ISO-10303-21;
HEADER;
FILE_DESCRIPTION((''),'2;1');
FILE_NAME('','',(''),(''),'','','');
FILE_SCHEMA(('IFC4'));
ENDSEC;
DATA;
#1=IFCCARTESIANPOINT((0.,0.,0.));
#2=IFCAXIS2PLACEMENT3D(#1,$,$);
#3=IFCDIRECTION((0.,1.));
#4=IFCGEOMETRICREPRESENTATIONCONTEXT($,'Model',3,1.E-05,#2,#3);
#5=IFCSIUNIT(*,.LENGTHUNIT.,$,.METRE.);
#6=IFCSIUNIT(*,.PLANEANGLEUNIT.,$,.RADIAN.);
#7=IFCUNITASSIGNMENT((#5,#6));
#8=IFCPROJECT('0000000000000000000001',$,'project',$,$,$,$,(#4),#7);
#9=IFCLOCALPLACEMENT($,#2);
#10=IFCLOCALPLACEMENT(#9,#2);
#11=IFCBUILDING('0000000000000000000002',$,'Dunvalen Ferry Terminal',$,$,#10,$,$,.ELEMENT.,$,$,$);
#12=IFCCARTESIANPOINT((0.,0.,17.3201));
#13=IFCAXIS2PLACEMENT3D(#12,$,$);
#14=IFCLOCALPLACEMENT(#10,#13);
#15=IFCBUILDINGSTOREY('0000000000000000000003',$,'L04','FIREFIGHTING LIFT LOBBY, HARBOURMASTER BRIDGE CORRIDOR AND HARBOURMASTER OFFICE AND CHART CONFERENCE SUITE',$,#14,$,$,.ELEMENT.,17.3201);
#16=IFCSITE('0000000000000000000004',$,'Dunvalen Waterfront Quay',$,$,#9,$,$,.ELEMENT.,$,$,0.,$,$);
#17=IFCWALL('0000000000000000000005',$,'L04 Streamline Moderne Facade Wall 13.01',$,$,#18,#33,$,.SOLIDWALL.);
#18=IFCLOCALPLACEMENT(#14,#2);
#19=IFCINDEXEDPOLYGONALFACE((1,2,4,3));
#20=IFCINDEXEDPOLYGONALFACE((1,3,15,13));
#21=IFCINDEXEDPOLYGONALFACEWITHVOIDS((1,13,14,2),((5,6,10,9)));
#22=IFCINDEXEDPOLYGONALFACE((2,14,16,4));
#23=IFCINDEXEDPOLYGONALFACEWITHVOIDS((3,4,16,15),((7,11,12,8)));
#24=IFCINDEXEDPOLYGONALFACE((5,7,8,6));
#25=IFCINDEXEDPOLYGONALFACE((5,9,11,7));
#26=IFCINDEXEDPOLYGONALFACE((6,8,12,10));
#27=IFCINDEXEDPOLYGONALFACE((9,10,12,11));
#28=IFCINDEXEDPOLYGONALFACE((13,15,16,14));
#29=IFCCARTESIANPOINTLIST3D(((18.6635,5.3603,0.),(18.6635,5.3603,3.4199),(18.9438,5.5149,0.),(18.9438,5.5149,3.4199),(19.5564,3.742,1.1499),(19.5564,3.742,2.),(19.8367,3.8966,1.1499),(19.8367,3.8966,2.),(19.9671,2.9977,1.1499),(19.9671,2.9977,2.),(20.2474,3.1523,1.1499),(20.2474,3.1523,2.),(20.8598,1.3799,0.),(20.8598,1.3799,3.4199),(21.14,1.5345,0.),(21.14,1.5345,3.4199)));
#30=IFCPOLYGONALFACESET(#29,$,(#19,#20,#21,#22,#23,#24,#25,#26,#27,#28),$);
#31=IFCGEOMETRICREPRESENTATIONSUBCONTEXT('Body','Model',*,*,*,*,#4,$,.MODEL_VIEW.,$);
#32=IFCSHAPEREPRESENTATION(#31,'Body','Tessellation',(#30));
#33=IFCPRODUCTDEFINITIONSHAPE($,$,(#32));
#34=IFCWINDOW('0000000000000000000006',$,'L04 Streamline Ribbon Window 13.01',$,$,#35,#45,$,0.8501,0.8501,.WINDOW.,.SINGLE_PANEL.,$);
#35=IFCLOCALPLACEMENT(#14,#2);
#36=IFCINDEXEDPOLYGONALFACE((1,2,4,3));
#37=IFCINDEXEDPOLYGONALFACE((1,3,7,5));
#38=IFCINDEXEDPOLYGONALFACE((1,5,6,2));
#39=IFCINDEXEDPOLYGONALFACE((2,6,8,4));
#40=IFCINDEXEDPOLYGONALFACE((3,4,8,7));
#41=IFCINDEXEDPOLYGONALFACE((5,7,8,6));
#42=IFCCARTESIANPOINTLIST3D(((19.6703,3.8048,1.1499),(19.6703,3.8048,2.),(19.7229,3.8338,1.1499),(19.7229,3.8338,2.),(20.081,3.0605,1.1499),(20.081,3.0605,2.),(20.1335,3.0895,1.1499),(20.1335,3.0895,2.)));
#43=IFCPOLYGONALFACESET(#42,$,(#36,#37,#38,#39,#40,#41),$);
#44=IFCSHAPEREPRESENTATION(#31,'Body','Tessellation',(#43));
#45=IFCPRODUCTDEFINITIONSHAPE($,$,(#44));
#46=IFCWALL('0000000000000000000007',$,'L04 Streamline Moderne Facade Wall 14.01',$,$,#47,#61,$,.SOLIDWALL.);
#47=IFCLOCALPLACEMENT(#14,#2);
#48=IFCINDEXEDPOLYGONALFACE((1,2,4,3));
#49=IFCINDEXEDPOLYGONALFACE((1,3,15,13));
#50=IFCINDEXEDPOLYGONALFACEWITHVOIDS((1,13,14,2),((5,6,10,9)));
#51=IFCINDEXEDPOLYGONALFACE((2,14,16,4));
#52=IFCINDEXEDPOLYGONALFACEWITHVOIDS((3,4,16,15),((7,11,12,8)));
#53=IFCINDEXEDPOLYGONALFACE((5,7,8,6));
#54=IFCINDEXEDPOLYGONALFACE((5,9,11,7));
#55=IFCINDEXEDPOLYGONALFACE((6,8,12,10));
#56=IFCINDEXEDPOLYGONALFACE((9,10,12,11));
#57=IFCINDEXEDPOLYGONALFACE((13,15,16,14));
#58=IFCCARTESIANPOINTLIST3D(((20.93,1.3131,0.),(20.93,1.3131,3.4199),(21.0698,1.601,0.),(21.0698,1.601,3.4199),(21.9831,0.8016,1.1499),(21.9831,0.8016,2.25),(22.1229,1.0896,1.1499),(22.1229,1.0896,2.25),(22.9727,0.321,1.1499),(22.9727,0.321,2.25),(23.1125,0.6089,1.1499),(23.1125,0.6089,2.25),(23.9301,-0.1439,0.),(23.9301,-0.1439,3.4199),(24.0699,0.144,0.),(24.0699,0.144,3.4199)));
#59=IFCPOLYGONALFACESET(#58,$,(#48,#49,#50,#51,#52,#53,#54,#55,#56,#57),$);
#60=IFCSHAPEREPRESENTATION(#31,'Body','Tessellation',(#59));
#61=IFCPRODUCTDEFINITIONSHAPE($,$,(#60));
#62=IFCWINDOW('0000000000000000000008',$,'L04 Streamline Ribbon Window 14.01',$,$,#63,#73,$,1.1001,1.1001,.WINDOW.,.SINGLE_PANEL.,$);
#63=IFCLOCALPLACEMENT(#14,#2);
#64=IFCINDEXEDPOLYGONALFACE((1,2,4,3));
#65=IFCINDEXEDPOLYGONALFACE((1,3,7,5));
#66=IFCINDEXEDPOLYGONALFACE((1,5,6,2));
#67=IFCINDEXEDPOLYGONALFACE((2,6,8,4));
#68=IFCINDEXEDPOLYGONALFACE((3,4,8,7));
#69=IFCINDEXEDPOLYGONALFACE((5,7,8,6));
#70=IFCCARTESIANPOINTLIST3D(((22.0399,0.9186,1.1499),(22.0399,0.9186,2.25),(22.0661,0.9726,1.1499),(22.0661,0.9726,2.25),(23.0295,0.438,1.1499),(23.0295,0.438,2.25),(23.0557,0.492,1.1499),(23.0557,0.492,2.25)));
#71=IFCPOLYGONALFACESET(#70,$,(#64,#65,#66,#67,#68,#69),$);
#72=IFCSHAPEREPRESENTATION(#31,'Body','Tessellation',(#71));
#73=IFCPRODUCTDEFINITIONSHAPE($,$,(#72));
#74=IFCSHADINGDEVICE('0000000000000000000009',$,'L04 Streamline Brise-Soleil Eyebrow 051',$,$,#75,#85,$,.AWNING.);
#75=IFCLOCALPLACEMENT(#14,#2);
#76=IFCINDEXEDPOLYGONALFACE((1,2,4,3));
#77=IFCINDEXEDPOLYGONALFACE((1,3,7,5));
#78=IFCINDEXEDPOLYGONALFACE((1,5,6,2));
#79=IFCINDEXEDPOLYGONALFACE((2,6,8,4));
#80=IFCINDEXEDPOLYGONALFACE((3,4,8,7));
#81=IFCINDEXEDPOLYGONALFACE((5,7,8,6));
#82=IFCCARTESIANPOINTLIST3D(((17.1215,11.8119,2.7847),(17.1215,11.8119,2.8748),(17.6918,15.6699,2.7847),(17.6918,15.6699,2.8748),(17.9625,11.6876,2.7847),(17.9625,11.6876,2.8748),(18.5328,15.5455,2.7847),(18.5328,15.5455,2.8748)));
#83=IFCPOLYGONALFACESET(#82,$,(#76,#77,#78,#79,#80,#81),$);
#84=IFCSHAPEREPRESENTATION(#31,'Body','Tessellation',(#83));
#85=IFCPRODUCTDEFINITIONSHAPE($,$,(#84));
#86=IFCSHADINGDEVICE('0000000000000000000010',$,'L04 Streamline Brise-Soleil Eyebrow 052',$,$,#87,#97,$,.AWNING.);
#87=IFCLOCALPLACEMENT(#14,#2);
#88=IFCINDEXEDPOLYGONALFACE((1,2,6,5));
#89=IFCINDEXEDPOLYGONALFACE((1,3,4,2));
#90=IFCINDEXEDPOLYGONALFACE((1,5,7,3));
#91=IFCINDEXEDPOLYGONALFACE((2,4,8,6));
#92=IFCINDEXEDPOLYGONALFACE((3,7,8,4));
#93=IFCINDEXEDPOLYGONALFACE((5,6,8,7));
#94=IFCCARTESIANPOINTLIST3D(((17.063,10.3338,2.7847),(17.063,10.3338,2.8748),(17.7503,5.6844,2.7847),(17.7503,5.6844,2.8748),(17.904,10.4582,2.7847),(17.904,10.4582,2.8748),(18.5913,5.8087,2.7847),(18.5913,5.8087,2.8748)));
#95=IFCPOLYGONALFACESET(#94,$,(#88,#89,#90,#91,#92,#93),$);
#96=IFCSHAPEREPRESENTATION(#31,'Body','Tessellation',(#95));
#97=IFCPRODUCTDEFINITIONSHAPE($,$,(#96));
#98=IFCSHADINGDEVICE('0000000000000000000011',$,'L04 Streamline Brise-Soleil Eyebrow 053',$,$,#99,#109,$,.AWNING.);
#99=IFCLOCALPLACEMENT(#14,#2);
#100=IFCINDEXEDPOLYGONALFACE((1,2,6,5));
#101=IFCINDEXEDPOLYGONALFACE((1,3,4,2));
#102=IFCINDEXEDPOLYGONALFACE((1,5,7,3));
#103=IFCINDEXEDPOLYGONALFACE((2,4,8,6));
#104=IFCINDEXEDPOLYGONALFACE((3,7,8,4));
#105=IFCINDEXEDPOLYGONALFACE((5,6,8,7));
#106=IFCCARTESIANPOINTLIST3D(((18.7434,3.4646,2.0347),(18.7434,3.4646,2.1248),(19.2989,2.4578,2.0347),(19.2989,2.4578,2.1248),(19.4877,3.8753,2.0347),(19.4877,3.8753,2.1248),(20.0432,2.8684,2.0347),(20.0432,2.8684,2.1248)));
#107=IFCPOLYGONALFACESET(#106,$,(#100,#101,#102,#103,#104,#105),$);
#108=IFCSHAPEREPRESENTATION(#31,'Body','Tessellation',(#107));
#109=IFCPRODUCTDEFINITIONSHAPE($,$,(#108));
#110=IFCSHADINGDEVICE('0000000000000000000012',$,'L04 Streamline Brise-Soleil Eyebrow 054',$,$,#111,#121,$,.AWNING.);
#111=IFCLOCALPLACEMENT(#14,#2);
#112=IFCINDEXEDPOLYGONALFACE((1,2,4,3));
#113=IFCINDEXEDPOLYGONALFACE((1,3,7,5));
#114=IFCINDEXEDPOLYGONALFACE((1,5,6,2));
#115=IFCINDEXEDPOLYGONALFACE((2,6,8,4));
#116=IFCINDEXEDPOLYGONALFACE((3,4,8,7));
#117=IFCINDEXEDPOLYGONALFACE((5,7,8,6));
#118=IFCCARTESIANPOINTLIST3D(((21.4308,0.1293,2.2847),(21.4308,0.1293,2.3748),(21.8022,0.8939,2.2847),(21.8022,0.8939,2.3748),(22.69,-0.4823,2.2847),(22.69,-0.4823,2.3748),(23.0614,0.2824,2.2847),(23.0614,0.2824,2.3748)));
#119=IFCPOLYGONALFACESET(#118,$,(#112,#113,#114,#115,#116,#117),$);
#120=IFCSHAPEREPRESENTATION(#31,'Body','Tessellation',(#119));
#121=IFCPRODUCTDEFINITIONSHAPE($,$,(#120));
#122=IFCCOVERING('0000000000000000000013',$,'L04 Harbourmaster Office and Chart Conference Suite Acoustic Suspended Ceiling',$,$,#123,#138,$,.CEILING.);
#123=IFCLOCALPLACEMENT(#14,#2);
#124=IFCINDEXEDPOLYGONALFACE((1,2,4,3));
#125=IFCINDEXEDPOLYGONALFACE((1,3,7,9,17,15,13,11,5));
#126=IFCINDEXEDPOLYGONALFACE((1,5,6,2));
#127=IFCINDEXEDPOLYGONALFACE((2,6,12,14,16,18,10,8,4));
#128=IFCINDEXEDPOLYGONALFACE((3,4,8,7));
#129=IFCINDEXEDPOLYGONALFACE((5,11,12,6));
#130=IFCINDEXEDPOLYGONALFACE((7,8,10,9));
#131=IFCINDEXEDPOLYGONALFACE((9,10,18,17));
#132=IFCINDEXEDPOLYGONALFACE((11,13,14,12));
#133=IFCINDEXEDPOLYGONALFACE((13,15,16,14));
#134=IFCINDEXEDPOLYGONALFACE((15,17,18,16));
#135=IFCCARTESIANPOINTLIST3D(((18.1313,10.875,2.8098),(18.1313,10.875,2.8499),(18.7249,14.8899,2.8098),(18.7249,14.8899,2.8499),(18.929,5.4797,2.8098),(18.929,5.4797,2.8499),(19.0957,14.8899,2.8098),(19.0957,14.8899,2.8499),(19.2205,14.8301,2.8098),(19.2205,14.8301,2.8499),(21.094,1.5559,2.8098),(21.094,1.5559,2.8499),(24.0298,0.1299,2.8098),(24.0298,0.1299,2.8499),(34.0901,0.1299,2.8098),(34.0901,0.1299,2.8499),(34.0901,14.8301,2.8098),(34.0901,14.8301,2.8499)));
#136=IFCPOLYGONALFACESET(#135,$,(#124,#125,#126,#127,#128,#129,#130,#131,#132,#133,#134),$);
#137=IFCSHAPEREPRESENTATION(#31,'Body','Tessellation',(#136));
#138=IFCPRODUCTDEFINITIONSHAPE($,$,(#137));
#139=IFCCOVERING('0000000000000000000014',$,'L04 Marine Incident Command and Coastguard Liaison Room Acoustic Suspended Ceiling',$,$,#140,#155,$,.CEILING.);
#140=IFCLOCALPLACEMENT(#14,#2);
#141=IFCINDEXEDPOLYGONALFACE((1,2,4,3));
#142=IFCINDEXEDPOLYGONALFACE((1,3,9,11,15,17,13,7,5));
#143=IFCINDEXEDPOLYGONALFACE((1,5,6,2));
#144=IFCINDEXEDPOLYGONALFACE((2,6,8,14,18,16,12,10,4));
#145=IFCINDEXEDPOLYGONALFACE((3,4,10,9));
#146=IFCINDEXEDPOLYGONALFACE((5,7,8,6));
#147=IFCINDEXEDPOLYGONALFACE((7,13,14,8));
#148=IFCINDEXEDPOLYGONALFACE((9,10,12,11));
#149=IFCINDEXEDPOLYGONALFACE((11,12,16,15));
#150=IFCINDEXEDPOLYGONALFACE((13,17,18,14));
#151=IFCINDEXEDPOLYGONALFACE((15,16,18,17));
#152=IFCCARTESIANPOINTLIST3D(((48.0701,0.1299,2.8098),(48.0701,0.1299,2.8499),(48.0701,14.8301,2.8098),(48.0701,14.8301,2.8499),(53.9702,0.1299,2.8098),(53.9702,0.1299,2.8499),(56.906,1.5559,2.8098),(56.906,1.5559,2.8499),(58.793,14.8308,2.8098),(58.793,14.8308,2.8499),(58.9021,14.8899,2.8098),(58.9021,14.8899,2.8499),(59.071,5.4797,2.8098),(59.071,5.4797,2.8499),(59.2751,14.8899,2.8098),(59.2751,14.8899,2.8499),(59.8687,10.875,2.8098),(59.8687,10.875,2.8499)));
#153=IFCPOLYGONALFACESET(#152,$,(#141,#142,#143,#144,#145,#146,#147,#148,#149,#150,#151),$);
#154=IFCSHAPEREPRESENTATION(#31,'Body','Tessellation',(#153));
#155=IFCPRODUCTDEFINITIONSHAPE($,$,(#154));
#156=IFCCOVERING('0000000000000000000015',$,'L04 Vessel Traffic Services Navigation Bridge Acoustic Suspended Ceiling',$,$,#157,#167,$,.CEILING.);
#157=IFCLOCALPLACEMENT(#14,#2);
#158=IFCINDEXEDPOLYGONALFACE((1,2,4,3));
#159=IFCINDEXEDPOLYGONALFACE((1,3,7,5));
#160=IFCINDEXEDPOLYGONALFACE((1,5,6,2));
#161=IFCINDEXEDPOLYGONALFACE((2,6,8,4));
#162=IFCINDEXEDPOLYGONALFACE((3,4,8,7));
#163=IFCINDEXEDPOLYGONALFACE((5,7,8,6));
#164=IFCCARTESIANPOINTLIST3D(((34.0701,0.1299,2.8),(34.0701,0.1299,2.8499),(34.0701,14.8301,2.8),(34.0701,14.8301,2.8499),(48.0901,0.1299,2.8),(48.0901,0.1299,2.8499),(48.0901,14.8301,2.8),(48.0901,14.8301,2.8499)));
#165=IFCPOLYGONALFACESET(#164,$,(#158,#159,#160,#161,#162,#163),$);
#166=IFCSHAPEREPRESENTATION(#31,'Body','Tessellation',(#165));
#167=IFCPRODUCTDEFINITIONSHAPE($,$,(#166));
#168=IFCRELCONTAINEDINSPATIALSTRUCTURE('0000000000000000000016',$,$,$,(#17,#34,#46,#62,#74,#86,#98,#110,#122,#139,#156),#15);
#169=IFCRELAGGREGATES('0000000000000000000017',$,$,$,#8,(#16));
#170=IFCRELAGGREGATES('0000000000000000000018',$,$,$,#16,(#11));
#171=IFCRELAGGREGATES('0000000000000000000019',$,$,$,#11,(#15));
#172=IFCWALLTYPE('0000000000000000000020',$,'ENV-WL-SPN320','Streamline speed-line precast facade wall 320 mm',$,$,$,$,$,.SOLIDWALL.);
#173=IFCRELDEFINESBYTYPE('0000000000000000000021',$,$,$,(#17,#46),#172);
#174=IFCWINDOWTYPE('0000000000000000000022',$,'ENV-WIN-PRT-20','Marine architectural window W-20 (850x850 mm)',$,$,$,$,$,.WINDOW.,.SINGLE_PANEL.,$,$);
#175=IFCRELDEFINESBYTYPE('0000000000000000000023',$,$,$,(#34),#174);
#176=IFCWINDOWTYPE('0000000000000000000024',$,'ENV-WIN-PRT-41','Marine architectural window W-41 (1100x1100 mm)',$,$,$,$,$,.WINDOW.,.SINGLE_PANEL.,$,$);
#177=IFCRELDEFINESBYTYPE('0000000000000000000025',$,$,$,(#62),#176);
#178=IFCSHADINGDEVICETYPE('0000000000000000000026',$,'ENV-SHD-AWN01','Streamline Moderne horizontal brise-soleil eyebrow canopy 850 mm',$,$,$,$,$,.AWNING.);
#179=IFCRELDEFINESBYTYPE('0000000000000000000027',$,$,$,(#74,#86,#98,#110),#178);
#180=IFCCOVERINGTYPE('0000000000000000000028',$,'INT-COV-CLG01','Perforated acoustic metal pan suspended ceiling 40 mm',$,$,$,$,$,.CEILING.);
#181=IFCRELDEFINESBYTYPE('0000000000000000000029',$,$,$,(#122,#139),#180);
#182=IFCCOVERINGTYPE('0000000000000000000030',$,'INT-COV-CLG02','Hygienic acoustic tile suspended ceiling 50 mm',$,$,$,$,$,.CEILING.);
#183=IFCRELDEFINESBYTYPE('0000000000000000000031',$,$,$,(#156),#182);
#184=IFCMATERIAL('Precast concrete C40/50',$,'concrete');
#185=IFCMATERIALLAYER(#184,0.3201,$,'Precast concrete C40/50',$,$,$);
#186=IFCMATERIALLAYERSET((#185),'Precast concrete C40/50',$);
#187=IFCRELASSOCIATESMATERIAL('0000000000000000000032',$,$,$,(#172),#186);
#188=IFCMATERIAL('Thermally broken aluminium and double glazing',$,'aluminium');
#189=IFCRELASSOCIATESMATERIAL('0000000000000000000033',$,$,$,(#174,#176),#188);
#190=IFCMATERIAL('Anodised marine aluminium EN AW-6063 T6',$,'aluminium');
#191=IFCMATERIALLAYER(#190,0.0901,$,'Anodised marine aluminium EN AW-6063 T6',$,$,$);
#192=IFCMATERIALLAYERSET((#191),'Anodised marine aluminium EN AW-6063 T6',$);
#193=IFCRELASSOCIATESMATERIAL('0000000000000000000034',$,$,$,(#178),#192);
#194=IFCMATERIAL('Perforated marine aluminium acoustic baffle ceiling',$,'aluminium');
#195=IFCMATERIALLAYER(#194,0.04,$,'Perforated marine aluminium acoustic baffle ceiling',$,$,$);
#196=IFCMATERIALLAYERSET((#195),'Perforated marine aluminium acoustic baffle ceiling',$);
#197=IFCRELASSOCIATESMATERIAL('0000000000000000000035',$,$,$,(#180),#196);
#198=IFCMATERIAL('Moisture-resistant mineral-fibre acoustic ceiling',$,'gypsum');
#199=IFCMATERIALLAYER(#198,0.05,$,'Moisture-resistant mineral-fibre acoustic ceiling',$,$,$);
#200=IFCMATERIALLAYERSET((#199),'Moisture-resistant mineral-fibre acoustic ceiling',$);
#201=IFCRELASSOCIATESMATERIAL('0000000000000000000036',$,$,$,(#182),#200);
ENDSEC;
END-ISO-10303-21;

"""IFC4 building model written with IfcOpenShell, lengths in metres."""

from ifc_helpers import new_model, si_unit, direction, frame, frame_2d, origin, origin_2d, place, context, subcontext, project, spatial, polyline, rectangle, outline, extrude, material, layer, layer_set, type_object, element, fill, save


model = new_model("IFC4")

# Units and contexts
model_context = context("Model", 3, precision=1e-05, world=origin(), true_north=direction((0.0, 1.0)))
body_context = subcontext(model_context, "Body", "Model", "MODEL_VIEW")
ifc_project = project(units=[si_unit("LENGTHUNIT", "METRE"), si_unit("PLANEANGLEUNIT", "RADIAN")], contexts=[model_context])

# Site, building, storey
site_placement = place(None, origin())
site = spatial("IfcSite", under=ifc_project, at=site_placement, Name="Dunvalen Waterfront Quay", CompositionType="ELEMENT", RefElevation=0.0)
building_placement = place(site_placement, origin())
building = spatial("IfcBuilding", under=site, at=building_placement, Name="Dunvalen Ferry Terminal", CompositionType="ELEMENT")
storey_placement = place(building_placement, frame((0.0, 0.0, 17.3201)))
storey = spatial("IfcBuildingStorey", under=building, at=storey_placement, Name="L04", Description="FIREFIGHTING LIFT LOBBY, HARBOURMASTER BRIDGE CORRIDOR AND HARBOURMASTER OFFICE AND CHART CONFERENCE SUITE", CompositionType="ELEMENT", Elevation=17.3201)

# Shared definitions
ifc_material_1 = material(Name="Precast concrete C40/50", Category="concrete")
ifc_layer_1 = layer(ifc_material_1, 0.3201, Name="Precast concrete C40/50")
ifc_layer_set_1 = layer_set([ifc_layer_1], Name="Precast concrete C40/50")
wall_type = type_object("IfcWallType", Name="ENV-WL-SPN320", Description="Streamline speed-line precast facade wall 320 mm", PredefinedType="SOLIDWALL", material=ifc_layer_set_1)

# Walls, openings, windows
ifc_material_2 = material(Name="Thermally broken aluminium and double glazing", Category="aluminium")
wall_1_placement = place(storey_placement, frame((18.8037, 5.4375, 0.0), z_axis=(0.0, 0.0, 1.0), x_axis=(0.483106, -0.875562, 0.0)))
wall_1 = element("IfcWall", 1, at=wall_1_placement, inside=storey, type_object=wall_type, Name="L04 Streamline Moderne Facade Wall 13.01", PredefinedType="SOLIDWALL", context=body_context, shape_type="SweptSolid", body=[
    extrude(rectangle(XDim=4.5461, YDim=0.3201, at=frame_2d((2.2729, 0.0))), origin(), (0.0, 0.0, 1.0), 3.4199),
])
opening_1_placement = place(wall_1_placement, frame((1.8481, 0.0, 1.1499)))
opening_1 = element("IfcOpeningElement", 2, at=opening_1_placement, cuts=wall_1, PredefinedType="OPENING", context=body_context, shape_type="SweptSolid", body=[
    extrude(rectangle(XDim=0.8501, YDim=0.8501, at=frame_2d((0.425, 0.425))), frame((0.0, 0.1699, 0.0), z_axis=(0.0, -1.0, 0.0), x_axis=(1.0, 0.0, 0.0)), (0.0, 0.0, 1.0), 0.3401),
])
window_type_1 = type_object("IfcWindowType", Name="ENV-WIN-PRT-20", Description="Marine architectural window W-20 (850x850 mm)", PartitioningType="SINGLE_PANEL", PredefinedType="WINDOW", material=ifc_material_2)
window_1_placement = place(opening_1_placement, origin())
window_1 = element("IfcWindow", 3, at=window_1_placement, inside=storey, type_object=window_type_1, Name="L04 Streamline Ribbon Window 13.01", OverallHeight=0.8501, OverallWidth=0.8501, PartitioningType="SINGLE_PANEL", PredefinedType="WINDOW", context=body_context, shape_type="SweptSolid", body=[
    extrude(rectangle(XDim=0.8501, YDim=0.8501, at=frame_2d((0.425, 0.425))), frame((0.0, 0.03, 0.0), z_axis=(0.0, -1.0, 0.0), x_axis=(1.0, 0.0, 0.0)), (0.0, 0.0, 1.0), 0.0601),
])
fill(opening_1, window_1)
wall_2_placement = place(storey_placement, frame((21.0, 1.457, 0.0), z_axis=(0.0, 0.0, 1.0), x_axis=(0.899521, -0.436877, 0.0)))
wall_2 = element("IfcWall", 4, at=wall_2_placement, inside=storey, type_object=wall_type, Name="L04 Streamline Moderne Facade Wall 14.01", PredefinedType="SOLIDWALL", context=body_context, shape_type="SweptSolid", body=[
    extrude(rectangle(XDim=3.3352, YDim=0.3201, at=frame_2d((1.6675, 0.0))), origin(), (0.0, 0.0, 1.0), 3.4199),
])
opening_2_placement = place(wall_2_placement, frame((1.1707, 0.0, 1.1499)))
opening_2 = element("IfcOpeningElement", 5, at=opening_2_placement, cuts=wall_2, PredefinedType="OPENING", context=body_context, shape_type="SweptSolid", body=[
    extrude(rectangle(XDim=1.1001, YDim=1.1001, at=frame_2d((0.55, 0.55))), frame((0.0, 0.1699, 0.0), z_axis=(0.0, -1.0, 0.0), x_axis=(1.0, 0.0, 0.0)), (0.0, 0.0, 1.0), 0.3401),
])
window_type_2 = type_object("IfcWindowType", Name="ENV-WIN-PRT-41", Description="Marine architectural window W-41 (1100x1100 mm)", PartitioningType="SINGLE_PANEL", PredefinedType="WINDOW", material=ifc_material_2)
window_2_placement = place(opening_2_placement, origin())
window_2 = element("IfcWindow", 6, at=window_2_placement, inside=storey, type_object=window_type_2, Name="L04 Streamline Ribbon Window 14.01", OverallHeight=1.1001, OverallWidth=1.1001, PartitioningType="SINGLE_PANEL", PredefinedType="WINDOW", context=body_context, shape_type="SweptSolid", body=[
    extrude(rectangle(XDim=1.1001, YDim=1.1001, at=frame_2d((0.55, 0.55))), frame((0.0, 0.03, 0.0), z_axis=(0.0, -1.0, 0.0), x_axis=(1.0, 0.0, 0.0)), (0.0, 0.0, 1.0), 0.0601),
])
fill(opening_2, window_2)

# Shading devices
ifc_material_3 = material(Name="Anodised marine aluminium EN AW-6063 T6", Category="aluminium")
ifc_layer_2 = layer(ifc_material_3, 0.0901, Name="Anodised marine aluminium EN AW-6063 T6")
ifc_layer_set_2 = layer_set([ifc_layer_2], Name="Anodised marine aluminium EN AW-6063 T6")
shading_device_type = type_object("IfcShadingDeviceType", Name="ENV-SHD-AWN01", Description="Streamline Moderne horizontal brise-soleil eyebrow canopy 850 mm", PredefinedType="AWNING", material=ifc_layer_set_2)
shading_device_1_placement = place(storey_placement, frame((17.8271, 13.6787, 2.7847), z_axis=(0.0, 0.0, 1.0), x_axis=(-0.146236, -0.98925, 0.0)))
element("IfcShadingDevice", 7, at=shading_device_1_placement, inside=storey, type_object=shading_device_type, Name="L04 Streamline Brise-Soleil Eyebrow 051", PredefinedType="AWNING", context=body_context, shape_type="SweptSolid", body=[
    extrude(rectangle(XDim=3.8999, YDim=0.8501, at=origin_2d()), origin(), (0.0, 0.0, 1.0), 0.0901),
])
shading_device_2_placement = place(storey_placement, frame((17.8271, 8.0713, 2.7847), z_axis=(0.0, 0.0, 1.0), x_axis=(0.146236, -0.98925, 0.0)))
element("IfcShadingDevice", 8, at=shading_device_2_placement, inside=storey, type_object=shading_device_type, Name="L04 Streamline Brise-Soleil Eyebrow 052", PredefinedType="AWNING", context=body_context, shape_type="SweptSolid", body=[
    extrude(rectangle(XDim=4.7, YDim=0.8501, at=origin_2d()), origin(), (0.0, 0.0, 1.0), 0.0901),
])
shading_device_3_placement = place(storey_placement, frame((19.3933, 3.1665, 2.0347), z_axis=(0.0, 0.0, 1.0), x_axis=(0.483088, -0.875572, 0.0)))
element("IfcShadingDevice", 9, at=shading_device_3_placement, inside=storey, type_object=shading_device_type, Name="L04 Streamline Brise-Soleil Eyebrow 053", PredefinedType="AWNING", context=body_context, shape_type="SweptSolid", body=[
    extrude(rectangle(XDim=1.1499, YDim=0.8501, at=origin_2d()), origin(), (0.0, 0.0, 1.0), 0.0901),
])
shading_device_4_placement = place(storey_placement, frame((22.2461, 0.2058, 2.2847), z_axis=(0.0, 0.0, 1.0), x_axis=(0.899525, -0.436869, 0.0)))
element("IfcShadingDevice", 10, at=shading_device_4_placement, inside=storey, type_object=shading_device_type, Name="L04 Streamline Brise-Soleil Eyebrow 054", PredefinedType="AWNING", context=body_context, shape_type="SweptSolid", body=[
    extrude(rectangle(XDim=1.3999, YDim=0.8501, at=origin_2d()), origin(), (0.0, 0.0, 1.0), 0.0901),
])

# Coverings
ifc_material_4 = material(Name="Perforated marine aluminium acoustic baffle ceiling", Category="aluminium")
ifc_layer_3 = layer(ifc_material_4, 0.04, Name="Perforated marine aluminium acoustic baffle ceiling")
ifc_layer_set_3 = layer_set([ifc_layer_3], Name="Perforated marine aluminium acoustic baffle ceiling")
covering_type_1 = type_object("IfcCoveringType", Name="INT-COV-CLG01", Description="Perforated acoustic metal pan suspended ceiling 40 mm", PredefinedType="CEILING", material=ifc_layer_set_3)
covering_1_placement = place(storey_placement, frame((0.0, 0.0, 2.8098)))
element("IfcCovering", 11, at=covering_1_placement, inside=storey, type_object=covering_type_1, Name="L04 Harbourmaster Office and Chart Conference Suite Acoustic Suspended Ceiling", PredefinedType="CEILING", context=body_context, shape_type="SweptSolid", body=[
    extrude(outline(polyline([(18.1313, 10.875), (18.929, 5.4797), (21.094, 1.5559), (24.0298, 0.1299), (34.0901, 0.1299), (34.0901, 14.8301), (19.2205, 14.8301), (19.0957, 14.8899), (18.7249, 14.8899), (18.1313, 10.875)])), origin(), (0.0, 0.0, 1.0), 0.04),
])
covering_2_placement = place(storey_placement, frame((0.0, 0.0, 2.8098)))
element("IfcCovering", 12, at=covering_2_placement, inside=storey, type_object=covering_type_1, Name="L04 Marine Incident Command and Coastguard Liaison Room Acoustic Suspended Ceiling", PredefinedType="CEILING", context=body_context, shape_type="SweptSolid", body=[
    extrude(outline(polyline([(48.0701, 0.1299), (53.9702, 0.1299), (56.906, 1.5559), (59.071, 5.4797), (59.8687, 10.875), (59.2751, 14.8899), (58.9021, 14.8899), (58.793, 14.8308), (48.0701, 14.8301), (48.0701, 0.1299)])), origin(), (0.0, 0.0, 1.0), 0.04),
])
ifc_material_5 = material(Name="Moisture-resistant mineral-fibre acoustic ceiling", Category="gypsum")
ifc_layer_4 = layer(ifc_material_5, 0.05, Name="Moisture-resistant mineral-fibre acoustic ceiling")
ifc_layer_set_4 = layer_set([ifc_layer_4], Name="Moisture-resistant mineral-fibre acoustic ceiling")
covering_type_2 = type_object("IfcCoveringType", Name="INT-COV-CLG02", Description="Hygienic acoustic tile suspended ceiling 50 mm", PredefinedType="CEILING", material=ifc_layer_set_4)
covering_3_placement = place(storey_placement, frame((0.0, 0.0, 2.8)))
element("IfcCovering", 13, at=covering_3_placement, inside=storey, type_object=covering_type_2, Name="L04 Vessel Traffic Services Navigation Bridge Acoustic Suspended Ceiling", PredefinedType="CEILING", context=body_context, shape_type="SweptSolid", body=[
    extrude(outline(polyline([(34.0701, 0.1299), (48.0901, 0.1299), (48.0901, 14.8301), (34.0701, 14.8301), (34.0701, 0.1299)])), origin(), (0.0, 0.0, 1.0), 0.0498),
])

save(model, "model.ifc")
